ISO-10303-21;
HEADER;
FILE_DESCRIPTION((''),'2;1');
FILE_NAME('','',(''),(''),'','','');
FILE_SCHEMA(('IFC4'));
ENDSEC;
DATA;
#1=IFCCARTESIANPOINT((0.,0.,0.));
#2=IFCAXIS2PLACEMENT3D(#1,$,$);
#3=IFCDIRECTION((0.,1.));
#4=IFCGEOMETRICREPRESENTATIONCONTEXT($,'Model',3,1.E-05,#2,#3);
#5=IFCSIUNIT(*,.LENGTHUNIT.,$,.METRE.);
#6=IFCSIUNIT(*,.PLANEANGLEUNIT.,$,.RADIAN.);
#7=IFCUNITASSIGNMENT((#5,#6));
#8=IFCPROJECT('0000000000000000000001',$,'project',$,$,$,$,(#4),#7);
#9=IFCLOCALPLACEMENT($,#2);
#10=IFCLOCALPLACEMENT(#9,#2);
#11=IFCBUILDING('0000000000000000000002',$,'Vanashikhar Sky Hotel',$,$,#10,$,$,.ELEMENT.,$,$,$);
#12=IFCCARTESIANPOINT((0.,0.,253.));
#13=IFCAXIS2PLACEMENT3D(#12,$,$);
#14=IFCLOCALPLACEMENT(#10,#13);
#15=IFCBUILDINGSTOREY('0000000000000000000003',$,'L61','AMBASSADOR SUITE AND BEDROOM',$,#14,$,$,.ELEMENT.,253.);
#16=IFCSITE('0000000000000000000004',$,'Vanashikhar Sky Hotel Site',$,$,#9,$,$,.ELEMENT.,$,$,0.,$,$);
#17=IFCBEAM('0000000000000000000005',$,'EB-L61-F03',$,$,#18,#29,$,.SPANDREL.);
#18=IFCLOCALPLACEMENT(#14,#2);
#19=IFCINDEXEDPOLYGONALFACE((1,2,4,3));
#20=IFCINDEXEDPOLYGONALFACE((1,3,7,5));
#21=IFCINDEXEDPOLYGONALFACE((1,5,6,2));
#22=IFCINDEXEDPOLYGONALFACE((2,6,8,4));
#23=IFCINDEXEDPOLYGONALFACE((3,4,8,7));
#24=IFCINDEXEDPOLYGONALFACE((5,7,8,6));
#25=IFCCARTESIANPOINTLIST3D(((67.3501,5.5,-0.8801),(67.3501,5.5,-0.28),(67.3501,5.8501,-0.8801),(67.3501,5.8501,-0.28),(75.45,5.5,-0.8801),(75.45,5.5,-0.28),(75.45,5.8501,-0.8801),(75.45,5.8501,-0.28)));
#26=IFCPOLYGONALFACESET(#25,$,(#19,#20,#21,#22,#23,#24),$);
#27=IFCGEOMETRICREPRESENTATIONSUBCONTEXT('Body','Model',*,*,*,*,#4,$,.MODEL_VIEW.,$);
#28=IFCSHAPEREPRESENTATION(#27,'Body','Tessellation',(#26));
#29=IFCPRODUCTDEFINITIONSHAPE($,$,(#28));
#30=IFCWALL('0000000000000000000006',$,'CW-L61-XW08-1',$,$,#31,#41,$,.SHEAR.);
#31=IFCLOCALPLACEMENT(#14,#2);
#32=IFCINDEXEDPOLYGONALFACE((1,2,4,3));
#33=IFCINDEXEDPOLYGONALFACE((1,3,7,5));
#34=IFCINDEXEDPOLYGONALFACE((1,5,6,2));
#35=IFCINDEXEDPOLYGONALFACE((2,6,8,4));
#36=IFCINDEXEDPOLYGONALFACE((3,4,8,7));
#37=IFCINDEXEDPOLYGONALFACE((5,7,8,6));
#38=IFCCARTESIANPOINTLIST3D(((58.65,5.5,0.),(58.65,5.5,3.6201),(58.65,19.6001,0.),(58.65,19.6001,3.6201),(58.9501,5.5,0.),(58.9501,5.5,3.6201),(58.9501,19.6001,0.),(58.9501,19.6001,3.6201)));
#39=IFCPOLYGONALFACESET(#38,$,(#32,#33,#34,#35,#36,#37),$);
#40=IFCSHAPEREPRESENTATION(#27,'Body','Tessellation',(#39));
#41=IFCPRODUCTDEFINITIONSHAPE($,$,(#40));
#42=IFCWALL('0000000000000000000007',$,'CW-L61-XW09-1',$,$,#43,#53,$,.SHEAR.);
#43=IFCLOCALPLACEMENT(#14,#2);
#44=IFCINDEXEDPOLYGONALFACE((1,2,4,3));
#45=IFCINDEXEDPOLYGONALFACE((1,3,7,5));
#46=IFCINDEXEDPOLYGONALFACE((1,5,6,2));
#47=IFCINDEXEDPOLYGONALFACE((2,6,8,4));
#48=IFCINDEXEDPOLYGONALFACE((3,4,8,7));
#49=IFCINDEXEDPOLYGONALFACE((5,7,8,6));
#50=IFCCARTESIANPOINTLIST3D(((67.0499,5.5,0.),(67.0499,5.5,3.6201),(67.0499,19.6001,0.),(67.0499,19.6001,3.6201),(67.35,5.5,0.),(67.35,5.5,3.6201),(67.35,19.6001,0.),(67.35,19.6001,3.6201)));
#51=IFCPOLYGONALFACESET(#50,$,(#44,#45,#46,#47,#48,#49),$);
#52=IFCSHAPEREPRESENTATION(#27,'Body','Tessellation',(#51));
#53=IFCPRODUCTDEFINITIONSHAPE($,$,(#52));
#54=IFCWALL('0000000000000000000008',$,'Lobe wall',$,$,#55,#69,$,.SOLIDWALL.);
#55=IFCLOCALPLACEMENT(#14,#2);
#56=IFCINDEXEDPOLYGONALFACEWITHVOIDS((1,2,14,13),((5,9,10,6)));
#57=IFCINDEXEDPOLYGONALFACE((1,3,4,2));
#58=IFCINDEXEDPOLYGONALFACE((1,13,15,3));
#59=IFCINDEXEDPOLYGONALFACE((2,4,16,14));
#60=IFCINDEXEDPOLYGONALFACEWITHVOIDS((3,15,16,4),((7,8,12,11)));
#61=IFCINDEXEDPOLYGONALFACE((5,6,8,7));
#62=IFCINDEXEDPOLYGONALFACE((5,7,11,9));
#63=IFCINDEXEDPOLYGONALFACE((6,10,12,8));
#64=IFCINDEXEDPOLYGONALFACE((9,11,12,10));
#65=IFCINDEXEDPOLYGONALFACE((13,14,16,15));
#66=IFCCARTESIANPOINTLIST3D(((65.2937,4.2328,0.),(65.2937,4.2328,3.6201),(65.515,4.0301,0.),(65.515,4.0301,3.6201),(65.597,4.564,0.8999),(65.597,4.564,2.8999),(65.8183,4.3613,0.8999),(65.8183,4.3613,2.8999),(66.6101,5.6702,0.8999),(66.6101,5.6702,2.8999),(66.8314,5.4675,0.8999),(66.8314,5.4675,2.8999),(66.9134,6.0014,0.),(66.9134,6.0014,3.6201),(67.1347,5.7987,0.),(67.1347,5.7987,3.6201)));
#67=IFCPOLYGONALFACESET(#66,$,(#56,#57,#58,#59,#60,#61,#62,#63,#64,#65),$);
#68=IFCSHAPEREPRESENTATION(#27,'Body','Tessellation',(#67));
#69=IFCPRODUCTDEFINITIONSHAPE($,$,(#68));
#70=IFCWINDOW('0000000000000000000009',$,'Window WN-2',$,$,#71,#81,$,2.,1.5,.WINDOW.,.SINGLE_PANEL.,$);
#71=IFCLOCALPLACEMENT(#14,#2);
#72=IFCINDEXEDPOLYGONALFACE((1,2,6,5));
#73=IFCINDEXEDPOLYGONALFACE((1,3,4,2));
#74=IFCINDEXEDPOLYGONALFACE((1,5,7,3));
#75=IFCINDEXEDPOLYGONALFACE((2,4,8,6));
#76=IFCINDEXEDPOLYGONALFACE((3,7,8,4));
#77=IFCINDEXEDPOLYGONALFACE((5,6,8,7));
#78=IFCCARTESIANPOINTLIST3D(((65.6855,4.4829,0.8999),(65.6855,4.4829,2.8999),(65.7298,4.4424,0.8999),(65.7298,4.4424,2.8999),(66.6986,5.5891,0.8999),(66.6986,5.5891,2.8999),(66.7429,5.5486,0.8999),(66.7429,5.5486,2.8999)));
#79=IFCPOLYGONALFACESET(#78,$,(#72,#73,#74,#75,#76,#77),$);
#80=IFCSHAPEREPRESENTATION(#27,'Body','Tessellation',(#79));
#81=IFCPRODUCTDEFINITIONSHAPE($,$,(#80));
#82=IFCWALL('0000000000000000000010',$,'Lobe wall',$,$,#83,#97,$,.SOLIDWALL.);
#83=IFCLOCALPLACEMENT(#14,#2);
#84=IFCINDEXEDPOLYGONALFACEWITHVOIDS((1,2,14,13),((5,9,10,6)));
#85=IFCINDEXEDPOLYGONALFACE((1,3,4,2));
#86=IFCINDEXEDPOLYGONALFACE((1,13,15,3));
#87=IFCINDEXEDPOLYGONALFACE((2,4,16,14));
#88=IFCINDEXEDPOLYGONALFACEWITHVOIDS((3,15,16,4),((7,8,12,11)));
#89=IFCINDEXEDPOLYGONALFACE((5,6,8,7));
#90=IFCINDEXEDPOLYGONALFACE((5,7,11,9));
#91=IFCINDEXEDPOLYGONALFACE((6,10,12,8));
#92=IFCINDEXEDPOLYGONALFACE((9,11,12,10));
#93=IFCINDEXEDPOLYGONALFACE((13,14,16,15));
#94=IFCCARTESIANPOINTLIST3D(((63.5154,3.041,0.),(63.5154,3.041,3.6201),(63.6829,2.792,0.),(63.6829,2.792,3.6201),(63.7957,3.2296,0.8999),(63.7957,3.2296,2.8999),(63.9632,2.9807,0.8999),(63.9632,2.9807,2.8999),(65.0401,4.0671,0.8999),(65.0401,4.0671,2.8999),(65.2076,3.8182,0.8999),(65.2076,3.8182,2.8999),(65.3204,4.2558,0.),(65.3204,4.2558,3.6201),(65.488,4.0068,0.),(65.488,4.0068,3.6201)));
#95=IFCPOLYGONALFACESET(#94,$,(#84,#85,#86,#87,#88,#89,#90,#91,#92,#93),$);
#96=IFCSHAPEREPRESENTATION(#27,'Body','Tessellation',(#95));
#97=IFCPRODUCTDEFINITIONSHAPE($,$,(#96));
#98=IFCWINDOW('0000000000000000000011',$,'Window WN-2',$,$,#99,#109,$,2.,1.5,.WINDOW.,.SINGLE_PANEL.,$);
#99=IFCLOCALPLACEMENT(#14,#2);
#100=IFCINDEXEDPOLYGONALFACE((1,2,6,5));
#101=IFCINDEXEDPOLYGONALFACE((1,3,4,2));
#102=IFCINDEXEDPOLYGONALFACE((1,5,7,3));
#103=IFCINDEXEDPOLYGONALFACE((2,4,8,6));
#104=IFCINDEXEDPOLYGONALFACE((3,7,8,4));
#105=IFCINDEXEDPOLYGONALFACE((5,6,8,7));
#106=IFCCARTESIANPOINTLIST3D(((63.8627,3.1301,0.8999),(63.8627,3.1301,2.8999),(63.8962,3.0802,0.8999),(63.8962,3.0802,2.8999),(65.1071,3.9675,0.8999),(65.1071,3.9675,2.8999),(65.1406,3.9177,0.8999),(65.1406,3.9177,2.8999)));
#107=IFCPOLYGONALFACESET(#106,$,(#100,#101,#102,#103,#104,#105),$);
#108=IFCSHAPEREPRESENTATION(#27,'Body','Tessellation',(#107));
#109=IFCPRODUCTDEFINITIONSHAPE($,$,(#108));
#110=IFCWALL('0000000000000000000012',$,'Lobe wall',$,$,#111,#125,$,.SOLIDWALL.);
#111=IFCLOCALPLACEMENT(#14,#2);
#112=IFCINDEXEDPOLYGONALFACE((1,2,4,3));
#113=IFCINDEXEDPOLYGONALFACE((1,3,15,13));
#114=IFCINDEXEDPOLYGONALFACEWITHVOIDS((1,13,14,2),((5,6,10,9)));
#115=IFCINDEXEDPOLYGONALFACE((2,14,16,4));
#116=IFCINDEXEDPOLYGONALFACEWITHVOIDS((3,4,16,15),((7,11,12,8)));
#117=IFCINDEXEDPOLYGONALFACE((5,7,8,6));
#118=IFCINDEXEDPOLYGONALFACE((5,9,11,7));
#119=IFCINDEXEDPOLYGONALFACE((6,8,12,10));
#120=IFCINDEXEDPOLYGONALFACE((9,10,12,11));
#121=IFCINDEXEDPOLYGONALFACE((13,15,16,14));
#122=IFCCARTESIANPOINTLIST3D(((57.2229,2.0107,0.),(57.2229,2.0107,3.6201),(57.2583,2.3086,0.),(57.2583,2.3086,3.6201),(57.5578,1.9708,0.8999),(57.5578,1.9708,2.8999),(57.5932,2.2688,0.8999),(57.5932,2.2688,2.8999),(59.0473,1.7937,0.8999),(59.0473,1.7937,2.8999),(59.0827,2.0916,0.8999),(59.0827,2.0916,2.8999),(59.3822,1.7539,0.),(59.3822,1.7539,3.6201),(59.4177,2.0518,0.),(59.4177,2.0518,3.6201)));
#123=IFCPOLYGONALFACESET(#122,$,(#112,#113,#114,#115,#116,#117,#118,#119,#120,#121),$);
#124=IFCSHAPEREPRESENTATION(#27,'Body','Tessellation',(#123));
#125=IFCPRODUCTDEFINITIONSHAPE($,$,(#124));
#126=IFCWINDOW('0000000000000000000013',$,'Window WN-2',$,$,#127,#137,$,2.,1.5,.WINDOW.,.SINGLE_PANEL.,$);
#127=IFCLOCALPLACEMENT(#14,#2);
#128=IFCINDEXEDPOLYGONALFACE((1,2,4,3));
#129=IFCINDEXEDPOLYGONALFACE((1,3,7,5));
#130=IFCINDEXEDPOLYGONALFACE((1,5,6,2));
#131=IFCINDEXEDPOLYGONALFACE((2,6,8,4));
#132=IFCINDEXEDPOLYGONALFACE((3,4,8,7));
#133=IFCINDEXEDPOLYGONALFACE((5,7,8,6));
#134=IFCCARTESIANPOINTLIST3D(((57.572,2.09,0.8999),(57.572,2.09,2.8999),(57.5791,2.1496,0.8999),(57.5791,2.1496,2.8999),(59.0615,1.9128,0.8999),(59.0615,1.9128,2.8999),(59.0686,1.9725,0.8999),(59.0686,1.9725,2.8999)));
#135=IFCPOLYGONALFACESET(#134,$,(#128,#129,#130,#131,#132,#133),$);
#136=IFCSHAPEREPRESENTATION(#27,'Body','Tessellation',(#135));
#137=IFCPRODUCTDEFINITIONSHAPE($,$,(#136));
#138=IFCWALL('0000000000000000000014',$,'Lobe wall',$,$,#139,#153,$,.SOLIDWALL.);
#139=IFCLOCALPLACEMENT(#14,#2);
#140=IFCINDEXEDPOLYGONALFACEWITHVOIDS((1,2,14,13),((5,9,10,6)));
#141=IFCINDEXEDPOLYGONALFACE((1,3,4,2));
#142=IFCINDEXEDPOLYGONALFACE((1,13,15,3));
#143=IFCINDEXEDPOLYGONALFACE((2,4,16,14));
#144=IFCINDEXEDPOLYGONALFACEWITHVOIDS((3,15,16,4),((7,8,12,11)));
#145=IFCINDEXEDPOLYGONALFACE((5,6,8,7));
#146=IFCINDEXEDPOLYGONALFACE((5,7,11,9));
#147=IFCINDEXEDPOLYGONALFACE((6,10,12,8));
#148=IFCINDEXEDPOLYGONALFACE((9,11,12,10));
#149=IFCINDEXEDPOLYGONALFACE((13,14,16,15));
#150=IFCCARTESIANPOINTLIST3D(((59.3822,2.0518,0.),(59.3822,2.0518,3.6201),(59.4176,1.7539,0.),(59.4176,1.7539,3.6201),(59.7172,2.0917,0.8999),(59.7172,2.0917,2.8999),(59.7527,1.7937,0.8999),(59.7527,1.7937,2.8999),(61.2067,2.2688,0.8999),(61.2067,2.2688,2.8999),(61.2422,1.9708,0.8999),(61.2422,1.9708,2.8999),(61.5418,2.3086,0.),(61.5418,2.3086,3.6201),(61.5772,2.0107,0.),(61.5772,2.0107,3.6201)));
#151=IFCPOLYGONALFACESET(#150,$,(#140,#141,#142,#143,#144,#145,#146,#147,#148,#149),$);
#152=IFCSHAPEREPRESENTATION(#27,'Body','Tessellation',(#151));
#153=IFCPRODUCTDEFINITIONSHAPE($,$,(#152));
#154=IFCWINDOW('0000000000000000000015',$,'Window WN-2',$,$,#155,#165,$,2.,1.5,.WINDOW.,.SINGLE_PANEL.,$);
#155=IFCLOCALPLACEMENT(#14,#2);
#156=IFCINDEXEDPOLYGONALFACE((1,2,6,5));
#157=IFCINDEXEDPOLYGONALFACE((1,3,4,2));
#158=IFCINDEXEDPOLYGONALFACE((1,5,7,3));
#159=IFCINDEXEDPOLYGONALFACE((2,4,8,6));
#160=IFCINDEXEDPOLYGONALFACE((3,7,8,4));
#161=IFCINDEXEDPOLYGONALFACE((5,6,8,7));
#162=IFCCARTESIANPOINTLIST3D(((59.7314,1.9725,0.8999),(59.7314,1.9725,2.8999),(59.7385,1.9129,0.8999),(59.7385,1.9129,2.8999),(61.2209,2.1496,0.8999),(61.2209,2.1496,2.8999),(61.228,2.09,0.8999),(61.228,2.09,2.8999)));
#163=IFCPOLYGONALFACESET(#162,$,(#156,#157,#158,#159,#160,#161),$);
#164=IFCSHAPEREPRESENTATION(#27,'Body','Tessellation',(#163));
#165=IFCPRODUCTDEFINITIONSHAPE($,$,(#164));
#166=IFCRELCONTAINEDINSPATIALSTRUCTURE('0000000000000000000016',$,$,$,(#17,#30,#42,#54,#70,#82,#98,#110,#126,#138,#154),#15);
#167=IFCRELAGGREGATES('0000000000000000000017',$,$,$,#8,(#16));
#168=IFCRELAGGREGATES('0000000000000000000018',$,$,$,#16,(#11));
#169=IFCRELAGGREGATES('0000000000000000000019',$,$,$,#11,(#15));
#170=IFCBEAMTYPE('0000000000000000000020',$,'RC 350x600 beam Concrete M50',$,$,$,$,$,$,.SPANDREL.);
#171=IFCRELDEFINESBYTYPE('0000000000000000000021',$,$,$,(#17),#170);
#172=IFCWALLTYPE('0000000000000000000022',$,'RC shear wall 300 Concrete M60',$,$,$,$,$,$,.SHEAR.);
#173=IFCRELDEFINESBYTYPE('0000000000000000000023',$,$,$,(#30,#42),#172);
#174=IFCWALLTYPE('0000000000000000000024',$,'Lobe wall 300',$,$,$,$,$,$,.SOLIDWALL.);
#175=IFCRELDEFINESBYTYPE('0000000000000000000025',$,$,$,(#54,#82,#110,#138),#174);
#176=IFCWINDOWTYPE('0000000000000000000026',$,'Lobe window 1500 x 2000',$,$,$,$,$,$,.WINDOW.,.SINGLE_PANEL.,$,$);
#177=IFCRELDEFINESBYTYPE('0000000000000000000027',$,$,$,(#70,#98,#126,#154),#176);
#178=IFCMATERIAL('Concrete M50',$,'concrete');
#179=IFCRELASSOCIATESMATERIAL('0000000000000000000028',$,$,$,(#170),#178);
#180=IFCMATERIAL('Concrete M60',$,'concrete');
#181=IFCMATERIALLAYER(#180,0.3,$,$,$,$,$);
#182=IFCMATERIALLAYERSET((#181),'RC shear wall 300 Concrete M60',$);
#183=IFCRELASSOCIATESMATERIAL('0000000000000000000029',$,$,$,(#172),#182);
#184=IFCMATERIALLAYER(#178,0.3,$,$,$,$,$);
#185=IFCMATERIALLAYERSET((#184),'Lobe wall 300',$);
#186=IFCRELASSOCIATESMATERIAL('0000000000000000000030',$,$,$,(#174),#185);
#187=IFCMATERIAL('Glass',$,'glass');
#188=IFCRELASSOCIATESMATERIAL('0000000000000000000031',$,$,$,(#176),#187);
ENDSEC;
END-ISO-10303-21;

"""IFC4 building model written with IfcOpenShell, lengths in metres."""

from ifc_helpers import new_model, si_unit, direction, frame, frame_2d, origin, origin_2d, place, context, subcontext, project, spatial, rectangle, extrude, source, transform, mapped, material, layer, layer_set, material_profile, profile_set, type_object, element, fill, save


model = new_model("IFC4")

# Units and contexts
model_context = context("Model", 3, precision=1e-05, world=origin(), true_north=direction((0.0, 1.0)))
body_context = subcontext(model_context, "Body", "Model", "MODEL_VIEW")
ifc_project = project(units=[si_unit("LENGTHUNIT", "METRE"), si_unit("PLANEANGLEUNIT", "RADIAN")], contexts=[model_context])

# Site, building, storey
site_placement = place(None, origin())
site = spatial("IfcSite", under=ifc_project, at=site_placement, Name="Vanashikhar Sky Hotel Site", CompositionType="ELEMENT", RefElevation=0.0)
building_placement = place(site_placement, origin())
building = spatial("IfcBuilding", under=site, at=building_placement, Name="Vanashikhar Sky Hotel", CompositionType="ELEMENT")
storey_placement = place(building_placement, frame((0.0, 0.0, 253.0)))
storey = spatial("IfcBuildingStorey", under=building, at=storey_placement, Name="L61", Description="AMBASSADOR SUITE AND BEDROOM", CompositionType="ELEMENT", Elevation=253.0)

# Beam
ifc_material_1 = material(Name="Concrete M50", Category="concrete")
ifc_material_profile_1 = material_profile(ifc_material_1, rectangle(XDim=0.3501, YDim=0.6001, at=origin_2d()))
ifc_profile_set_1 = profile_set([ifc_material_profile_1], Name="RC 350x600 beam Concrete M50")
beam_type = type_object("IfcBeamType", Name="RC 350x600 beam Concrete M50", PredefinedType="SPANDREL", material=ifc_profile_set_1)
shared_shape_1 = source(origin(), body_context, "Body", "SweptSolid", [
    extrude(rectangle(XDim=0.3501, YDim=0.6001, at=origin_2d()), origin(), (0.0, 0.0, 1.0), 8.0999),
])
beam_placement = place(storey_placement, frame((67.3501, 5.675, -0.5801), z_axis=(1.0, 0.0, 0.0), x_axis=(0.0, 1.0, 0.0)))
element("IfcBeam", 1, at=beam_placement, inside=storey, type_object=beam_type, Name="EB-L61-F03", PredefinedType="SPANDREL", context=body_context, shape_type="MappedRepresentation", body=[
    mapped(shared_shape_1, transform((0.0, 0.0, 0.0), scale=1.0)),
])

# Walls
ifc_material_2 = material(Name="Concrete M60", Category="concrete")
ifc_layer_1 = layer(ifc_material_2, 0.3)
ifc_layer_set_1 = layer_set([ifc_layer_1], Name="RC shear wall 300 Concrete M60")
wall_type_1 = type_object("IfcWallType", Name="RC shear wall 300 Concrete M60", PredefinedType="SHEAR", material=ifc_layer_set_1)
shared_shape_2 = source(origin(), body_context, "Body", "SweptSolid", [
    extrude(rectangle(XDim=14.1001, YDim=0.3, at=frame_2d((7.05, 0.0))), origin(), (0.0, 0.0, 1.0), 3.6201),
])
for number, where, z_axis, x_axis, name in (
    (2, (58.8, 5.5, 0.0), (0.0, 0.0, 1.0), (0.0, 1.0, 0.0), "CW-L61-XW08-1"),
    (3, (67.2, 5.5, 0.0), (0.0, 0.0, 1.0), (0.0, 1.0, 0.0), "CW-L61-XW09-1"),
):
    element("IfcWall", number, at=place(storey_placement, frame(where, z_axis=z_axis, x_axis=x_axis)), inside=storey, type_object=wall_type_1, Name=name, PredefinedType="SHEAR", context=body_context, shape_type="MappedRepresentation", body=[
        mapped(shared_shape_2, transform((0.0, 0.0, 0.0), scale=1.0)),
    ])

# Shared definitions
ifc_material_3 = material(Name="Glass", Category="glass")

# Walls, openings, windows
ifc_layer_2 = layer(ifc_material_1, 0.3)
ifc_layer_set_2 = layer_set([ifc_layer_2], Name="Lobe wall 300")
wall_type_2 = type_object("IfcWallType", Name="Lobe wall 300", PredefinedType="SOLIDWALL", material=ifc_layer_set_2)
shared_shape_3 = source(origin(), body_context, "Body", "SweptSolid", [
    extrude(rectangle(XDim=2.3982, YDim=0.3, at=frame_2d((1.1992, 0.0))), origin(), (0.0, 0.0, 1.0), 3.6201),
])
wall_1_placement = place(storey_placement, frame((65.4043, 4.1313, 0.0), z_axis=(0.0, 0.0, 1.0), x_axis=(0.675374, 0.737475, 0.0)))
wall_1 = element("IfcWall", 4, at=wall_1_placement, inside=storey, type_object=wall_type_2, Name="Lobe wall", PredefinedType="SOLIDWALL", context=body_context, shape_type="MappedRepresentation", body=[
    mapped(shared_shape_3, transform((0.0, 0.0, 0.0), scale=1.0)),
])
shared_shape_4 = source(origin(), body_context, "Body", "SweptSolid", [
    extrude(rectangle(XDim=1.5, YDim=2.0, at=frame_2d((0.75, 1.0))), frame((0.0, 0.1602, 0.0), z_axis=(0.0, -1.0, 0.0), x_axis=(1.0, 0.0, 0.0)), (0.0, 0.0, 1.0), 0.3201),
])
opening_1_placement = place(wall_1_placement, frame((0.4492, 0.0, 0.8999)))
opening_1 = element("IfcOpeningElement", 5, at=opening_1_placement, cuts=wall_1, PredefinedType="OPENING", context=body_context, shape_type="MappedRepresentation", body=[
    mapped(shared_shape_4, transform((0.0, 0.0, 0.0), scale=1.0)),
])
window_type_1 = type_object("IfcWindowType", Name="Lobe window 1500 x 2000", PartitioningType="SINGLE_PANEL", PredefinedType="WINDOW", material=ifc_material_3)
shared_shape_5 = source(origin(), body_context, "Body", "SweptSolid", [
    extrude(rectangle(XDim=1.5, YDim=2.0, at=frame_2d((0.75, 1.0))), frame((0.0, 0.03, 0.0), z_axis=(0.0, -1.0, 0.0), x_axis=(1.0, 0.0, 0.0)), (0.0, 0.0, 1.0), 0.0601),
])
window_1_placement = place(opening_1_placement, origin())
window_1 = element("IfcWindow", 6, at=window_1_placement, inside=storey, type_object=window_type_1, Name="Window WN-2", OverallHeight=2.0, OverallWidth=1.5, PartitioningType="SINGLE_PANEL", PredefinedType="WINDOW", context=body_context, shape_type="MappedRepresentation", body=[
    mapped(shared_shape_5, transform((0.0, 0.0, 0.0), scale=1.0)),
])
fill(opening_1, window_1)
shared_shape_6 = source(origin(), body_context, "Body", "SweptSolid", [
    extrude(rectangle(XDim=2.1758, YDim=0.3, at=frame_2d((1.0879, 0.0))), origin(), (0.0, 0.0, 1.0), 3.6201),
])
wall_2_placement = place(storey_placement, frame((63.5991, 2.9165, 0.0), z_axis=(0.0, 0.0, 1.0), x_axis=(0.829626, 0.55832, 0.0)))
wall_2 = element("IfcWall", 7, at=wall_2_placement, inside=storey, type_object=wall_type_2, Name="Lobe wall", PredefinedType="SOLIDWALL", context=body_context, shape_type="MappedRepresentation", body=[
    mapped(shared_shape_6, transform((0.0, 0.0, 0.0), scale=1.0)),
])
opening_2_placement = place(wall_2_placement, frame((0.3379, 0.0, 0.8999)))
opening_2 = element("IfcOpeningElement", 8, at=opening_2_placement, cuts=wall_2, PredefinedType="OPENING", context=body_context, shape_type="MappedRepresentation", body=[
    mapped(shared_shape_4, transform((0.0, 0.0, 0.0), scale=1.0)),
])
window_2_placement = place(opening_2_placement, origin())
window_2 = element("IfcWindow", 9, at=window_2_placement, inside=storey, type_object=window_type_1, Name="Window WN-2", OverallHeight=2.0, OverallWidth=1.5, PartitioningType="SINGLE_PANEL", PredefinedType="WINDOW", context=body_context, shape_type="MappedRepresentation", body=[
    mapped(shared_shape_5, transform((0.0, 0.0, 0.0), scale=1.0)),
])
fill(opening_2, window_2)
shared_shape_7 = source(origin(), body_context, "Body", "SweptSolid", [
    extrude(rectangle(XDim=2.1746, YDim=0.3, at=frame_2d((1.0874, 0.0))), origin(), (0.0, 0.0, 1.0), 3.6201),
])
wall_3_placement = place(storey_placement, frame((57.2405, 2.1597, 0.0), z_axis=(0.0, 0.0, 1.0), x_axis=(0.993001, -0.118105, 0.0)))
wall_3 = element("IfcWall", 10, at=wall_3_placement, inside=storey, type_object=wall_type_2, Name="Lobe wall", PredefinedType="SOLIDWALL", context=body_context, shape_type="MappedRepresentation", body=[
    mapped(shared_shape_7, transform((0.0, 0.0, 0.0), scale=1.0)),
])
opening_3_placement = place(wall_3_placement, frame((0.3374, 0.0, 0.8999)))
opening_3 = element("IfcOpeningElement", 11, at=opening_3_placement, cuts=wall_3, PredefinedType="OPENING", context=body_context, shape_type="MappedRepresentation", body=[
    mapped(shared_shape_4, transform((0.0, 0.0, 0.0), scale=1.0)),
])
window_3_placement = place(opening_3_placement, origin())
window_3 = element("IfcWindow", 12, at=window_3_placement, inside=storey, type_object=window_type_1, Name="Window WN-2", OverallHeight=2.0, OverallWidth=1.5, PartitioningType="SINGLE_PANEL", PredefinedType="WINDOW", context=body_context, shape_type="MappedRepresentation", body=[
    mapped(shared_shape_5, transform((0.0, 0.0, 0.0), scale=1.0)),
])
fill(opening_3, window_3)
shared_shape_8 = source(origin(), body_context, "Body", "SweptSolid", [
    extrude(rectangle(XDim=2.1748, YDim=0.3, at=frame_2d((1.0874, 0.0))), origin(), (0.0, 0.0, 1.0), 3.6201),
])
wall_4_placement = place(storey_placement, frame((59.3999, 1.9028, 0.0), z_axis=(0.0, 0.0, 1.0), x_axis=(0.993003, 0.118092, 0.0)))
wall_4 = element("IfcWall", 13, at=wall_4_placement, inside=storey, type_object=wall_type_2, Name="Lobe wall", PredefinedType="SOLIDWALL", context=body_context, shape_type="MappedRepresentation", body=[
    mapped(shared_shape_8, transform((0.0, 0.0, 0.0), scale=1.0)),
])
opening_4_placement = place(wall_4_placement, frame((0.3374, 0.0, 0.8999)))
opening_4 = element("IfcOpeningElement", 14, at=opening_4_placement, cuts=wall_4, PredefinedType="OPENING", context=body_context, shape_type="MappedRepresentation", body=[
    mapped(shared_shape_4, transform((0.0, 0.0, 0.0), scale=1.0)),
])
window_4_placement = place(opening_4_placement, origin())
window_4 = element("IfcWindow", 15, at=window_4_placement, inside=storey, type_object=window_type_1, Name="Window WN-2", OverallHeight=2.0, OverallWidth=1.5, PartitioningType="SINGLE_PANEL", PredefinedType="WINDOW", context=body_context, shape_type="MappedRepresentation", body=[
    mapped(shared_shape_5, transform((0.0, 0.0, 0.0), scale=1.0)),
])
fill(opening_4, window_4)

save(model, "model.ifc")
